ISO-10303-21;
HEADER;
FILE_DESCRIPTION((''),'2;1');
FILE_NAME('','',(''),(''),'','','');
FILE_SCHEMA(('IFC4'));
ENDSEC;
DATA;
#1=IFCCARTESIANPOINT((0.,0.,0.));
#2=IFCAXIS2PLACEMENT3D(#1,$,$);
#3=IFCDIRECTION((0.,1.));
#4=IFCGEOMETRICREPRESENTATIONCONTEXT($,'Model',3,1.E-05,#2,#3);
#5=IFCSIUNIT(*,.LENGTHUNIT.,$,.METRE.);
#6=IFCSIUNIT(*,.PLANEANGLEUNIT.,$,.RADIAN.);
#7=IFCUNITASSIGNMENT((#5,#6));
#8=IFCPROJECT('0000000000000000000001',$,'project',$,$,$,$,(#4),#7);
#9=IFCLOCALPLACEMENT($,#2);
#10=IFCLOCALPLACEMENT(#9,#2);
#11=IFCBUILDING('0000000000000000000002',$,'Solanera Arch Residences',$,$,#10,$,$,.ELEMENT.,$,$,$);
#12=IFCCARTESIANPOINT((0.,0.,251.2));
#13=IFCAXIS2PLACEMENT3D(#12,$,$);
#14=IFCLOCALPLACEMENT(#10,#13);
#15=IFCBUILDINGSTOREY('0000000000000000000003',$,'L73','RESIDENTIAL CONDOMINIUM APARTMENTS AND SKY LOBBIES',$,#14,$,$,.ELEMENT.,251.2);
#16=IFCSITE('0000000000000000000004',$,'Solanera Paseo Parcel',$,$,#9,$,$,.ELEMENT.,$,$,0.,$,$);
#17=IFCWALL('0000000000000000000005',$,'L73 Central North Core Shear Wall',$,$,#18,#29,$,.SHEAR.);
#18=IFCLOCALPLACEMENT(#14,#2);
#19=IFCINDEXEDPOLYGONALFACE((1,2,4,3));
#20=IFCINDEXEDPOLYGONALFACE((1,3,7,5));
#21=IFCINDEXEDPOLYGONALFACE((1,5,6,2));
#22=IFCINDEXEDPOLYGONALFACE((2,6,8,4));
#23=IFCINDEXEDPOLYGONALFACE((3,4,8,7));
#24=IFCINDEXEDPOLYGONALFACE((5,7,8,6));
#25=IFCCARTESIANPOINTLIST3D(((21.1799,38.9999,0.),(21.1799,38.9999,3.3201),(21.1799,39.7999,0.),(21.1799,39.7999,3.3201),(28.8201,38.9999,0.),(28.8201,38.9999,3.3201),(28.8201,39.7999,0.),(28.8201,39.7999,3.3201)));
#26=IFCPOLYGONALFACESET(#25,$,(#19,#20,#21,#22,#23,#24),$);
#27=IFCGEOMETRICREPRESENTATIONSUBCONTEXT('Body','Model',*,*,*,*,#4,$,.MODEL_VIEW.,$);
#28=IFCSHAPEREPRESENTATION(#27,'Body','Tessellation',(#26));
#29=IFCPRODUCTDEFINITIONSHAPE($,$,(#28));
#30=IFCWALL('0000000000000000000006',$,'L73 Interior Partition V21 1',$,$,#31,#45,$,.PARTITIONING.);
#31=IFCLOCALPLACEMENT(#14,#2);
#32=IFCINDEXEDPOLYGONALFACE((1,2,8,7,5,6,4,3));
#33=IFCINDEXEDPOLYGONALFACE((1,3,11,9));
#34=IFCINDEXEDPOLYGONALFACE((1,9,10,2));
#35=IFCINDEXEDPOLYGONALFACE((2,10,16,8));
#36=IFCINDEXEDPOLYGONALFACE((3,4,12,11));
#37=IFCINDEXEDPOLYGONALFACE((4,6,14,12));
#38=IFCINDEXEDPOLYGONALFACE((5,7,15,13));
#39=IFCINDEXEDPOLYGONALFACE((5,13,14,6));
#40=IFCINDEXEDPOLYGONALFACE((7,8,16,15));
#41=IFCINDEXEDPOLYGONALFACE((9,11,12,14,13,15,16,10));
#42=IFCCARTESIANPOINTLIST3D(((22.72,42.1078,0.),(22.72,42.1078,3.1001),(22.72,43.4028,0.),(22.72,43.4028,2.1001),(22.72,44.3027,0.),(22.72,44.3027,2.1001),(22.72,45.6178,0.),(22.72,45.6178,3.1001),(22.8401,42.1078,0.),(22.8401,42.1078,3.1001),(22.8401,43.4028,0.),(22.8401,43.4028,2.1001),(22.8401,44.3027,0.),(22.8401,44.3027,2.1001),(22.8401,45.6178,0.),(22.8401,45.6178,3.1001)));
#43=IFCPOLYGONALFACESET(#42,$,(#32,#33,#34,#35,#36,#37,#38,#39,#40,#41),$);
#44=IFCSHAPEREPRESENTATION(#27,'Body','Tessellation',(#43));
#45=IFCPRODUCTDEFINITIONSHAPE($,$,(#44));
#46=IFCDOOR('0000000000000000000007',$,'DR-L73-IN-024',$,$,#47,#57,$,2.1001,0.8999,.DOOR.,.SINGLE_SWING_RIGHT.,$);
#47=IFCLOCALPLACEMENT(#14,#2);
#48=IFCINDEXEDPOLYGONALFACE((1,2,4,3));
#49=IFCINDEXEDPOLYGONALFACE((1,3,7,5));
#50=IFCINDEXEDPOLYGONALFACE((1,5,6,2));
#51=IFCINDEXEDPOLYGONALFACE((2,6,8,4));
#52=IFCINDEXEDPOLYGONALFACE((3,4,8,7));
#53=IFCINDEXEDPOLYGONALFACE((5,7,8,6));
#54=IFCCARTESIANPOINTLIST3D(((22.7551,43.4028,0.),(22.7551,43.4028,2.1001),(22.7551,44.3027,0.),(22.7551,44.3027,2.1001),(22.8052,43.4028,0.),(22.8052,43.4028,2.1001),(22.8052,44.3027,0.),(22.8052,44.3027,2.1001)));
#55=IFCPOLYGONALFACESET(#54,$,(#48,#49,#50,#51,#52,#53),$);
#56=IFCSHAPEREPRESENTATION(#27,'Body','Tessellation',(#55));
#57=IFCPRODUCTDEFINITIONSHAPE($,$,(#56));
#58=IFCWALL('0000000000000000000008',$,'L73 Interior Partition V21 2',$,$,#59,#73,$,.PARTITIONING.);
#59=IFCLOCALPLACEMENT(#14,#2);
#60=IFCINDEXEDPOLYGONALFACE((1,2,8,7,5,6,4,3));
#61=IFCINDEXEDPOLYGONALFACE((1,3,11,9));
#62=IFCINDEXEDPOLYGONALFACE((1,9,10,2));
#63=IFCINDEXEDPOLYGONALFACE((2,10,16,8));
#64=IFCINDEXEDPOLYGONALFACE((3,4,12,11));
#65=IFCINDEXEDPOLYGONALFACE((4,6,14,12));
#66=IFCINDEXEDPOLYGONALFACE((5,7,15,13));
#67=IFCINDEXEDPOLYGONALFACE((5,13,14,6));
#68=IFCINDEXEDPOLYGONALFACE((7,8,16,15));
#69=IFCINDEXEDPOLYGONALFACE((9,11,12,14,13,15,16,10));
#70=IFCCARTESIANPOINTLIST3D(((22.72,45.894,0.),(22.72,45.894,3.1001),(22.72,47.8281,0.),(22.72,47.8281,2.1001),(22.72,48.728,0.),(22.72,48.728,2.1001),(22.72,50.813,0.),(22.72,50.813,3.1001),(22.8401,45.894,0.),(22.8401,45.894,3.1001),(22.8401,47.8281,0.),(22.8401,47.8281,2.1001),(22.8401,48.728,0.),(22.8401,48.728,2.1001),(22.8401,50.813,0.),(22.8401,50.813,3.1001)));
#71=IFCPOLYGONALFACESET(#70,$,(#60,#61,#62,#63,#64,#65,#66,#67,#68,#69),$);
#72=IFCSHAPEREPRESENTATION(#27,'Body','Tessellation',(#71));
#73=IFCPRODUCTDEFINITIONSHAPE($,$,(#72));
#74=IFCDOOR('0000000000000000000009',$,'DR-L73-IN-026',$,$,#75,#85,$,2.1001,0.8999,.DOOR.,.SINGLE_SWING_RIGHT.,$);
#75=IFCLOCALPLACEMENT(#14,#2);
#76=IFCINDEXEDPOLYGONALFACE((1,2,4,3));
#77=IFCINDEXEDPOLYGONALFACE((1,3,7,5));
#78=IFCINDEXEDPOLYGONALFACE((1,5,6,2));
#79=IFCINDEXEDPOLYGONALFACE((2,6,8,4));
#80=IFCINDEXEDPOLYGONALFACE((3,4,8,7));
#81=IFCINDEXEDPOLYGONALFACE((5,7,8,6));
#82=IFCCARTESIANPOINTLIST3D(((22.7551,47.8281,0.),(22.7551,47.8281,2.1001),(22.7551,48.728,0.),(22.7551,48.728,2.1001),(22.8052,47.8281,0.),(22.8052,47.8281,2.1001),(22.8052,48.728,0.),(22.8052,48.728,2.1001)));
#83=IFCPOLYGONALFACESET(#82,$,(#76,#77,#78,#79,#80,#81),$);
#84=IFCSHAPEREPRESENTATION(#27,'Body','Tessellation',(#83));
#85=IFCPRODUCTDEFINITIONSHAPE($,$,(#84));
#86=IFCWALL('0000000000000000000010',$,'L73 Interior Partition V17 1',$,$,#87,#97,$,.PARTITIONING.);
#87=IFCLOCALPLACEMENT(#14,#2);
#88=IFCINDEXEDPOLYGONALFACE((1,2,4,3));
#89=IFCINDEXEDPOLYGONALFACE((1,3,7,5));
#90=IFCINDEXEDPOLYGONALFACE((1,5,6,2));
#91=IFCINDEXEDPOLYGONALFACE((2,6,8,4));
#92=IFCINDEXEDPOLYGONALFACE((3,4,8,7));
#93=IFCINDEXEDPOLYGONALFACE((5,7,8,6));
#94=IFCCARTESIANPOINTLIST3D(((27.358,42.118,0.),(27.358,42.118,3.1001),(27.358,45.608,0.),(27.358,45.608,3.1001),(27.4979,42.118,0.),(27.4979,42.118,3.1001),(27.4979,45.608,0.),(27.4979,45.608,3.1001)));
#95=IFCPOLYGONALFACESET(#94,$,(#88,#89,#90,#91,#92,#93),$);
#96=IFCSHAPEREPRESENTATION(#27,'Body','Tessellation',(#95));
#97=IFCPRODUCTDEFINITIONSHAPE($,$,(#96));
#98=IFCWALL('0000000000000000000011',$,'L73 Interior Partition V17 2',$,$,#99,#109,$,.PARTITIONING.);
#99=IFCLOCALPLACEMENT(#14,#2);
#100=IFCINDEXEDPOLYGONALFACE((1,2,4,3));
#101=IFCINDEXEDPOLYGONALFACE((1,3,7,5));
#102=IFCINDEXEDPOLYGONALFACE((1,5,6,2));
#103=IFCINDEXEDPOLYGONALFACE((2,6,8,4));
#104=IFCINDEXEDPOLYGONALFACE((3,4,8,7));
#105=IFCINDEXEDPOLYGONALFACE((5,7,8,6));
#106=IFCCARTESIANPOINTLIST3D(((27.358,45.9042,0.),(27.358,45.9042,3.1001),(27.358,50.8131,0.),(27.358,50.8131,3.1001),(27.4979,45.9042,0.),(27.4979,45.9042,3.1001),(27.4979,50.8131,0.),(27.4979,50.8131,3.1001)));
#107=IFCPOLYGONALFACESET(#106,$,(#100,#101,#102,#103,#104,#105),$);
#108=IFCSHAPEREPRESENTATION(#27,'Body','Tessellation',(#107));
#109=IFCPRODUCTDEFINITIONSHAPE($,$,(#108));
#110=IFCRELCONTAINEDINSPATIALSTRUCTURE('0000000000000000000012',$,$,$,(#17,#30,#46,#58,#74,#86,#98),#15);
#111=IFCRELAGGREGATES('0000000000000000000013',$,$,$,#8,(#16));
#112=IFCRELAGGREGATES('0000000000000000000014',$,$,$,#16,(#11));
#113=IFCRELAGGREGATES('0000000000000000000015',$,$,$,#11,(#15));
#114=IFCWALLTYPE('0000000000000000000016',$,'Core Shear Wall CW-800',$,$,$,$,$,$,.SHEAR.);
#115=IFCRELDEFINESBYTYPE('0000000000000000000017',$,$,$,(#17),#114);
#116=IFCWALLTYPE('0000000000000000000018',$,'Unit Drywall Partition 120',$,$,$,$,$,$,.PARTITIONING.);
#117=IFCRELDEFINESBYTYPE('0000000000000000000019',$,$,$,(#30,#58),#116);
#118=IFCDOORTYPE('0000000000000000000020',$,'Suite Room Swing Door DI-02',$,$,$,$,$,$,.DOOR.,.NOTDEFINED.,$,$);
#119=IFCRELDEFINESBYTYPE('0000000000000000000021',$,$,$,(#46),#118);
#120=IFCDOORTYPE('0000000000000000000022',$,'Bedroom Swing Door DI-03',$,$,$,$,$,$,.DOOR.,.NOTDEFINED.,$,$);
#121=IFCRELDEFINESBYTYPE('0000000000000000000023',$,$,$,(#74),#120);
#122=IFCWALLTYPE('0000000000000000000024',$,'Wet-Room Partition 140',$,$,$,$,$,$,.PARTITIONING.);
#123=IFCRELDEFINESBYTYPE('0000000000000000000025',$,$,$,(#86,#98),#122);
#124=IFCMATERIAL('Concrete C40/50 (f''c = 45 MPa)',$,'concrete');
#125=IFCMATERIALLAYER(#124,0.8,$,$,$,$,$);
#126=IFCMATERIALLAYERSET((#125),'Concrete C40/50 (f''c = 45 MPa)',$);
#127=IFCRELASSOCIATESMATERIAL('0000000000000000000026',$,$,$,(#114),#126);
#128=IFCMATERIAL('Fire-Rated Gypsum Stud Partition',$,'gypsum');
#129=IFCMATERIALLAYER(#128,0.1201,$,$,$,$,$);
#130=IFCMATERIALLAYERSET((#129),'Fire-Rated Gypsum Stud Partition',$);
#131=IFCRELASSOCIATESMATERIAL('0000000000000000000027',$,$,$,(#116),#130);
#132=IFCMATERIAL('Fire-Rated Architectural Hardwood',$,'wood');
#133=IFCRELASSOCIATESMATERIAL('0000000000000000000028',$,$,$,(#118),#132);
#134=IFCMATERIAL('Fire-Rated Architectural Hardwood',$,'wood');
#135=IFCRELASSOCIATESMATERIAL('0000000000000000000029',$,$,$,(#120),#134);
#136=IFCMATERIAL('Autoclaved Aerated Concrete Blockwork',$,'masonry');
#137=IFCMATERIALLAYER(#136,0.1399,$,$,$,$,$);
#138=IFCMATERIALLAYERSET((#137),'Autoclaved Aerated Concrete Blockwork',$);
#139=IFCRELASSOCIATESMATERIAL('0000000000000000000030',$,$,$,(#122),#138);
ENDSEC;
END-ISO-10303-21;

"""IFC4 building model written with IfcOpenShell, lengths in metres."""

from ifc_helpers import new_model, si_unit, direction, frame, frame_2d, origin, place, context, subcontext, project, spatial, rectangle, extrude, material, layer, layer_set, type_object, element, fill, save


model = new_model("IFC4")

# Units and contexts
model_context = context("Model", 3, precision=1e-05, world=origin(), true_north=direction((0.0, 1.0)))
body_context = subcontext(model_context, "Body", "Model", "MODEL_VIEW")
ifc_project = project(units=[si_unit("LENGTHUNIT", "METRE"), si_unit("PLANEANGLEUNIT", "RADIAN")], contexts=[model_context])

# Site, building, storey
site_placement = place(None, origin())
site = spatial("IfcSite", under=ifc_project, at=site_placement, Name="Solanera Paseo Parcel", CompositionType="ELEMENT", RefElevation=0.0)
building_placement = place(site_placement, origin())
building = spatial("IfcBuilding", under=site, at=building_placement, Name="Solanera Arch Residences", CompositionType="ELEMENT")
storey_placement = place(building_placement, frame((0.0, 0.0, 251.2)))
storey = spatial("IfcBuildingStorey", under=building, at=storey_placement, Name="L73", Description="RESIDENTIAL CONDOMINIUM APARTMENTS AND SKY LOBBIES", CompositionType="ELEMENT", Elevation=251.2)

# Wall
ifc_material_1 = material(Name="Concrete C40/50 (f'c = 45 MPa)", Category="concrete")
ifc_layer_1 = layer(ifc_material_1, 0.8)
ifc_layer_set_1 = layer_set([ifc_layer_1], Name="Concrete C40/50 (f'c = 45 MPa)")
wall_type_1 = type_object("IfcWallType", Name="Core Shear Wall CW-800", PredefinedType="SHEAR", material=ifc_layer_set_1)
wall_1_placement = place(storey_placement, frame((21.1799, 39.3999, 0.0), z_axis=(0.0, 0.0, 1.0), x_axis=(1.0, 0.0, 0.0)))
element("IfcWall", 1, at=wall_1_placement, inside=storey, type_object=wall_type_1, Name="L73 Central North Core Shear Wall", PredefinedType="SHEAR", context=body_context, shape_type="SweptSolid", body=[
    extrude(rectangle(XDim=7.6401, YDim=0.8, at=frame_2d((3.8201, 0.0))), origin(), (0.0, 0.0, 1.0), 3.3201),
])

# Walls, openings, doors
ifc_material_2 = material(Name="Fire-Rated Gypsum Stud Partition", Category="gypsum")
ifc_layer_2 = layer(ifc_material_2, 0.1201)
ifc_layer_set_2 = layer_set([ifc_layer_2], Name="Fire-Rated Gypsum Stud Partition")
wall_type_2 = type_object("IfcWallType", Name="Unit Drywall Partition 120", PredefinedType="PARTITIONING", material=ifc_layer_set_2)
wall_2_placement = place(storey_placement, frame((22.78, 42.1079, 0.0), z_axis=(0.0, 0.0, 1.0), x_axis=(0.0, 1.0, 0.0)))
wall_2 = element("IfcWall", 2, at=wall_2_placement, inside=storey, type_object=wall_type_2, Name="L73 Interior Partition V21 1", PredefinedType="PARTITIONING", context=body_context, shape_type="SweptSolid", body=[
    extrude(rectangle(XDim=3.51, YDim=0.1201, at=frame_2d((1.7549, 0.0))), origin(), (0.0, 0.0, 1.0), 3.1001),
])
opening_1_placement = place(wall_2_placement, frame((1.2949, 0.0, 0.0)))
opening_1 = element("IfcOpeningElement", 3, at=opening_1_placement, cuts=wall_2, PredefinedType="OPENING", context=body_context, shape_type="SweptSolid", body=[
    extrude(rectangle(XDim=0.8999, YDim=2.1001, at=frame_2d((0.45, 1.05))), frame((0.0, 0.0701, 0.0), z_axis=(0.0, -1.0, 0.0), x_axis=(1.0, 0.0, 0.0)), (0.0, 0.0, 1.0), 0.1401),
])
ifc_material_3 = material(Name="Fire-Rated Architectural Hardwood", Category="wood")
door_type_1 = type_object("IfcDoorType", Name="Suite Room Swing Door DI-02", OperationType="NOTDEFINED", PredefinedType="DOOR", material=ifc_material_3)
door_1_placement = place(opening_1_placement, origin())
door_1 = element("IfcDoor", 4, at=door_1_placement, inside=storey, type_object=door_type_1, Name="DR-L73-IN-024", OperationType="SINGLE_SWING_RIGHT", OverallHeight=2.1001, OverallWidth=0.8999, PredefinedType="DOOR", context=body_context, shape_type="SweptSolid", body=[
    extrude(rectangle(XDim=0.8999, YDim=2.1001, at=frame_2d((0.45, 1.05))), frame((0.0, 0.0249, 0.0), z_axis=(0.0, -1.0, 0.0), x_axis=(1.0, 0.0, 0.0)), (0.0, 0.0, 1.0), 0.05),
])
fill(opening_1, door_1)
wall_3_placement = place(storey_placement, frame((22.78, 45.894, 0.0), z_axis=(0.0, 0.0, 1.0), x_axis=(0.0, 1.0, 0.0)))
wall_3 = element("IfcWall", 5, at=wall_3_placement, inside=storey, type_object=wall_type_2, Name="L73 Interior Partition V21 2", PredefinedType="PARTITIONING", context=body_context, shape_type="SweptSolid", body=[
    extrude(rectangle(XDim=4.9189, YDim=0.1201, at=frame_2d((2.4595, 0.0))), origin(), (0.0, 0.0, 1.0), 3.1001),
])
opening_2_placement = place(wall_3_placement, frame((1.9341, 0.0, 0.0)))
opening_2 = element("IfcOpeningElement", 6, at=opening_2_placement, cuts=wall_3, PredefinedType="OPENING", context=body_context, shape_type="SweptSolid", body=[
    extrude(rectangle(XDim=0.8999, YDim=2.1001, at=frame_2d((0.45, 1.05))), frame((0.0, 0.0701, 0.0), z_axis=(0.0, -1.0, 0.0), x_axis=(1.0, 0.0, 0.0)), (0.0, 0.0, 1.0), 0.1401),
])
ifc_material_4 = material(Name="Fire-Rated Architectural Hardwood", Category="wood")
door_type_2 = type_object("IfcDoorType", Name="Bedroom Swing Door DI-03", OperationType="NOTDEFINED", PredefinedType="DOOR", material=ifc_material_4)
door_2_placement = place(opening_2_placement, origin())
door_2 = element("IfcDoor", 7, at=door_2_placement, inside=storey, type_object=door_type_2, Name="DR-L73-IN-026", OperationType="SINGLE_SWING_RIGHT", OverallHeight=2.1001, OverallWidth=0.8999, PredefinedType="DOOR", context=body_context, shape_type="SweptSolid", body=[
    extrude(rectangle(XDim=0.8999, YDim=2.1001, at=frame_2d((0.45, 1.05))), frame((0.0, 0.0249, 0.0), z_axis=(0.0, -1.0, 0.0), x_axis=(1.0, 0.0, 0.0)), (0.0, 0.0, 1.0), 0.05),
])
fill(opening_2, door_2)

# Walls
ifc_material_5 = material(Name="Autoclaved Aerated Concrete Blockwork", Category="masonry")
ifc_layer_3 = layer(ifc_material_5, 0.1399)
ifc_layer_set_3 = layer_set([ifc_layer_3], Name="Autoclaved Aerated Concrete Blockwork")
wall_type_3 = type_object("IfcWallType", Name="Wet-Room Partition 140", PredefinedType="PARTITIONING", material=ifc_layer_set_3)
wall_4_placement = place(storey_placement, frame((27.428, 42.1179, 0.0), z_axis=(0.0, 0.0, 1.0), x_axis=(0.0, 1.0, 0.0)))
element("IfcWall", 8, at=wall_4_placement, inside=storey, type_object=wall_type_3, Name="L73 Interior Partition V17 1", PredefinedType="PARTITIONING", context=body_context, shape_type="SweptSolid", body=[
    extrude(rectangle(XDim=3.49, YDim=0.1399, at=frame_2d((1.7451, 0.0))), origin(), (0.0, 0.0, 1.0), 3.1001),
])
wall_5_placement = place(storey_placement, frame((27.428, 45.9041, 0.0), z_axis=(0.0, 0.0, 1.0), x_axis=(0.0, 1.0, 0.0)))
element("IfcWall", 9, at=wall_5_placement, inside=storey, type_object=wall_type_3, Name="L73 Interior Partition V17 2", PredefinedType="PARTITIONING", context=body_context, shape_type="SweptSolid", body=[
    extrude(rectangle(XDim=4.9089, YDim=0.1399, at=frame_2d((2.4546, 0.0))), origin(), (0.0, 0.0, 1.0), 3.1001),
])

save(model, "model.ifc")
